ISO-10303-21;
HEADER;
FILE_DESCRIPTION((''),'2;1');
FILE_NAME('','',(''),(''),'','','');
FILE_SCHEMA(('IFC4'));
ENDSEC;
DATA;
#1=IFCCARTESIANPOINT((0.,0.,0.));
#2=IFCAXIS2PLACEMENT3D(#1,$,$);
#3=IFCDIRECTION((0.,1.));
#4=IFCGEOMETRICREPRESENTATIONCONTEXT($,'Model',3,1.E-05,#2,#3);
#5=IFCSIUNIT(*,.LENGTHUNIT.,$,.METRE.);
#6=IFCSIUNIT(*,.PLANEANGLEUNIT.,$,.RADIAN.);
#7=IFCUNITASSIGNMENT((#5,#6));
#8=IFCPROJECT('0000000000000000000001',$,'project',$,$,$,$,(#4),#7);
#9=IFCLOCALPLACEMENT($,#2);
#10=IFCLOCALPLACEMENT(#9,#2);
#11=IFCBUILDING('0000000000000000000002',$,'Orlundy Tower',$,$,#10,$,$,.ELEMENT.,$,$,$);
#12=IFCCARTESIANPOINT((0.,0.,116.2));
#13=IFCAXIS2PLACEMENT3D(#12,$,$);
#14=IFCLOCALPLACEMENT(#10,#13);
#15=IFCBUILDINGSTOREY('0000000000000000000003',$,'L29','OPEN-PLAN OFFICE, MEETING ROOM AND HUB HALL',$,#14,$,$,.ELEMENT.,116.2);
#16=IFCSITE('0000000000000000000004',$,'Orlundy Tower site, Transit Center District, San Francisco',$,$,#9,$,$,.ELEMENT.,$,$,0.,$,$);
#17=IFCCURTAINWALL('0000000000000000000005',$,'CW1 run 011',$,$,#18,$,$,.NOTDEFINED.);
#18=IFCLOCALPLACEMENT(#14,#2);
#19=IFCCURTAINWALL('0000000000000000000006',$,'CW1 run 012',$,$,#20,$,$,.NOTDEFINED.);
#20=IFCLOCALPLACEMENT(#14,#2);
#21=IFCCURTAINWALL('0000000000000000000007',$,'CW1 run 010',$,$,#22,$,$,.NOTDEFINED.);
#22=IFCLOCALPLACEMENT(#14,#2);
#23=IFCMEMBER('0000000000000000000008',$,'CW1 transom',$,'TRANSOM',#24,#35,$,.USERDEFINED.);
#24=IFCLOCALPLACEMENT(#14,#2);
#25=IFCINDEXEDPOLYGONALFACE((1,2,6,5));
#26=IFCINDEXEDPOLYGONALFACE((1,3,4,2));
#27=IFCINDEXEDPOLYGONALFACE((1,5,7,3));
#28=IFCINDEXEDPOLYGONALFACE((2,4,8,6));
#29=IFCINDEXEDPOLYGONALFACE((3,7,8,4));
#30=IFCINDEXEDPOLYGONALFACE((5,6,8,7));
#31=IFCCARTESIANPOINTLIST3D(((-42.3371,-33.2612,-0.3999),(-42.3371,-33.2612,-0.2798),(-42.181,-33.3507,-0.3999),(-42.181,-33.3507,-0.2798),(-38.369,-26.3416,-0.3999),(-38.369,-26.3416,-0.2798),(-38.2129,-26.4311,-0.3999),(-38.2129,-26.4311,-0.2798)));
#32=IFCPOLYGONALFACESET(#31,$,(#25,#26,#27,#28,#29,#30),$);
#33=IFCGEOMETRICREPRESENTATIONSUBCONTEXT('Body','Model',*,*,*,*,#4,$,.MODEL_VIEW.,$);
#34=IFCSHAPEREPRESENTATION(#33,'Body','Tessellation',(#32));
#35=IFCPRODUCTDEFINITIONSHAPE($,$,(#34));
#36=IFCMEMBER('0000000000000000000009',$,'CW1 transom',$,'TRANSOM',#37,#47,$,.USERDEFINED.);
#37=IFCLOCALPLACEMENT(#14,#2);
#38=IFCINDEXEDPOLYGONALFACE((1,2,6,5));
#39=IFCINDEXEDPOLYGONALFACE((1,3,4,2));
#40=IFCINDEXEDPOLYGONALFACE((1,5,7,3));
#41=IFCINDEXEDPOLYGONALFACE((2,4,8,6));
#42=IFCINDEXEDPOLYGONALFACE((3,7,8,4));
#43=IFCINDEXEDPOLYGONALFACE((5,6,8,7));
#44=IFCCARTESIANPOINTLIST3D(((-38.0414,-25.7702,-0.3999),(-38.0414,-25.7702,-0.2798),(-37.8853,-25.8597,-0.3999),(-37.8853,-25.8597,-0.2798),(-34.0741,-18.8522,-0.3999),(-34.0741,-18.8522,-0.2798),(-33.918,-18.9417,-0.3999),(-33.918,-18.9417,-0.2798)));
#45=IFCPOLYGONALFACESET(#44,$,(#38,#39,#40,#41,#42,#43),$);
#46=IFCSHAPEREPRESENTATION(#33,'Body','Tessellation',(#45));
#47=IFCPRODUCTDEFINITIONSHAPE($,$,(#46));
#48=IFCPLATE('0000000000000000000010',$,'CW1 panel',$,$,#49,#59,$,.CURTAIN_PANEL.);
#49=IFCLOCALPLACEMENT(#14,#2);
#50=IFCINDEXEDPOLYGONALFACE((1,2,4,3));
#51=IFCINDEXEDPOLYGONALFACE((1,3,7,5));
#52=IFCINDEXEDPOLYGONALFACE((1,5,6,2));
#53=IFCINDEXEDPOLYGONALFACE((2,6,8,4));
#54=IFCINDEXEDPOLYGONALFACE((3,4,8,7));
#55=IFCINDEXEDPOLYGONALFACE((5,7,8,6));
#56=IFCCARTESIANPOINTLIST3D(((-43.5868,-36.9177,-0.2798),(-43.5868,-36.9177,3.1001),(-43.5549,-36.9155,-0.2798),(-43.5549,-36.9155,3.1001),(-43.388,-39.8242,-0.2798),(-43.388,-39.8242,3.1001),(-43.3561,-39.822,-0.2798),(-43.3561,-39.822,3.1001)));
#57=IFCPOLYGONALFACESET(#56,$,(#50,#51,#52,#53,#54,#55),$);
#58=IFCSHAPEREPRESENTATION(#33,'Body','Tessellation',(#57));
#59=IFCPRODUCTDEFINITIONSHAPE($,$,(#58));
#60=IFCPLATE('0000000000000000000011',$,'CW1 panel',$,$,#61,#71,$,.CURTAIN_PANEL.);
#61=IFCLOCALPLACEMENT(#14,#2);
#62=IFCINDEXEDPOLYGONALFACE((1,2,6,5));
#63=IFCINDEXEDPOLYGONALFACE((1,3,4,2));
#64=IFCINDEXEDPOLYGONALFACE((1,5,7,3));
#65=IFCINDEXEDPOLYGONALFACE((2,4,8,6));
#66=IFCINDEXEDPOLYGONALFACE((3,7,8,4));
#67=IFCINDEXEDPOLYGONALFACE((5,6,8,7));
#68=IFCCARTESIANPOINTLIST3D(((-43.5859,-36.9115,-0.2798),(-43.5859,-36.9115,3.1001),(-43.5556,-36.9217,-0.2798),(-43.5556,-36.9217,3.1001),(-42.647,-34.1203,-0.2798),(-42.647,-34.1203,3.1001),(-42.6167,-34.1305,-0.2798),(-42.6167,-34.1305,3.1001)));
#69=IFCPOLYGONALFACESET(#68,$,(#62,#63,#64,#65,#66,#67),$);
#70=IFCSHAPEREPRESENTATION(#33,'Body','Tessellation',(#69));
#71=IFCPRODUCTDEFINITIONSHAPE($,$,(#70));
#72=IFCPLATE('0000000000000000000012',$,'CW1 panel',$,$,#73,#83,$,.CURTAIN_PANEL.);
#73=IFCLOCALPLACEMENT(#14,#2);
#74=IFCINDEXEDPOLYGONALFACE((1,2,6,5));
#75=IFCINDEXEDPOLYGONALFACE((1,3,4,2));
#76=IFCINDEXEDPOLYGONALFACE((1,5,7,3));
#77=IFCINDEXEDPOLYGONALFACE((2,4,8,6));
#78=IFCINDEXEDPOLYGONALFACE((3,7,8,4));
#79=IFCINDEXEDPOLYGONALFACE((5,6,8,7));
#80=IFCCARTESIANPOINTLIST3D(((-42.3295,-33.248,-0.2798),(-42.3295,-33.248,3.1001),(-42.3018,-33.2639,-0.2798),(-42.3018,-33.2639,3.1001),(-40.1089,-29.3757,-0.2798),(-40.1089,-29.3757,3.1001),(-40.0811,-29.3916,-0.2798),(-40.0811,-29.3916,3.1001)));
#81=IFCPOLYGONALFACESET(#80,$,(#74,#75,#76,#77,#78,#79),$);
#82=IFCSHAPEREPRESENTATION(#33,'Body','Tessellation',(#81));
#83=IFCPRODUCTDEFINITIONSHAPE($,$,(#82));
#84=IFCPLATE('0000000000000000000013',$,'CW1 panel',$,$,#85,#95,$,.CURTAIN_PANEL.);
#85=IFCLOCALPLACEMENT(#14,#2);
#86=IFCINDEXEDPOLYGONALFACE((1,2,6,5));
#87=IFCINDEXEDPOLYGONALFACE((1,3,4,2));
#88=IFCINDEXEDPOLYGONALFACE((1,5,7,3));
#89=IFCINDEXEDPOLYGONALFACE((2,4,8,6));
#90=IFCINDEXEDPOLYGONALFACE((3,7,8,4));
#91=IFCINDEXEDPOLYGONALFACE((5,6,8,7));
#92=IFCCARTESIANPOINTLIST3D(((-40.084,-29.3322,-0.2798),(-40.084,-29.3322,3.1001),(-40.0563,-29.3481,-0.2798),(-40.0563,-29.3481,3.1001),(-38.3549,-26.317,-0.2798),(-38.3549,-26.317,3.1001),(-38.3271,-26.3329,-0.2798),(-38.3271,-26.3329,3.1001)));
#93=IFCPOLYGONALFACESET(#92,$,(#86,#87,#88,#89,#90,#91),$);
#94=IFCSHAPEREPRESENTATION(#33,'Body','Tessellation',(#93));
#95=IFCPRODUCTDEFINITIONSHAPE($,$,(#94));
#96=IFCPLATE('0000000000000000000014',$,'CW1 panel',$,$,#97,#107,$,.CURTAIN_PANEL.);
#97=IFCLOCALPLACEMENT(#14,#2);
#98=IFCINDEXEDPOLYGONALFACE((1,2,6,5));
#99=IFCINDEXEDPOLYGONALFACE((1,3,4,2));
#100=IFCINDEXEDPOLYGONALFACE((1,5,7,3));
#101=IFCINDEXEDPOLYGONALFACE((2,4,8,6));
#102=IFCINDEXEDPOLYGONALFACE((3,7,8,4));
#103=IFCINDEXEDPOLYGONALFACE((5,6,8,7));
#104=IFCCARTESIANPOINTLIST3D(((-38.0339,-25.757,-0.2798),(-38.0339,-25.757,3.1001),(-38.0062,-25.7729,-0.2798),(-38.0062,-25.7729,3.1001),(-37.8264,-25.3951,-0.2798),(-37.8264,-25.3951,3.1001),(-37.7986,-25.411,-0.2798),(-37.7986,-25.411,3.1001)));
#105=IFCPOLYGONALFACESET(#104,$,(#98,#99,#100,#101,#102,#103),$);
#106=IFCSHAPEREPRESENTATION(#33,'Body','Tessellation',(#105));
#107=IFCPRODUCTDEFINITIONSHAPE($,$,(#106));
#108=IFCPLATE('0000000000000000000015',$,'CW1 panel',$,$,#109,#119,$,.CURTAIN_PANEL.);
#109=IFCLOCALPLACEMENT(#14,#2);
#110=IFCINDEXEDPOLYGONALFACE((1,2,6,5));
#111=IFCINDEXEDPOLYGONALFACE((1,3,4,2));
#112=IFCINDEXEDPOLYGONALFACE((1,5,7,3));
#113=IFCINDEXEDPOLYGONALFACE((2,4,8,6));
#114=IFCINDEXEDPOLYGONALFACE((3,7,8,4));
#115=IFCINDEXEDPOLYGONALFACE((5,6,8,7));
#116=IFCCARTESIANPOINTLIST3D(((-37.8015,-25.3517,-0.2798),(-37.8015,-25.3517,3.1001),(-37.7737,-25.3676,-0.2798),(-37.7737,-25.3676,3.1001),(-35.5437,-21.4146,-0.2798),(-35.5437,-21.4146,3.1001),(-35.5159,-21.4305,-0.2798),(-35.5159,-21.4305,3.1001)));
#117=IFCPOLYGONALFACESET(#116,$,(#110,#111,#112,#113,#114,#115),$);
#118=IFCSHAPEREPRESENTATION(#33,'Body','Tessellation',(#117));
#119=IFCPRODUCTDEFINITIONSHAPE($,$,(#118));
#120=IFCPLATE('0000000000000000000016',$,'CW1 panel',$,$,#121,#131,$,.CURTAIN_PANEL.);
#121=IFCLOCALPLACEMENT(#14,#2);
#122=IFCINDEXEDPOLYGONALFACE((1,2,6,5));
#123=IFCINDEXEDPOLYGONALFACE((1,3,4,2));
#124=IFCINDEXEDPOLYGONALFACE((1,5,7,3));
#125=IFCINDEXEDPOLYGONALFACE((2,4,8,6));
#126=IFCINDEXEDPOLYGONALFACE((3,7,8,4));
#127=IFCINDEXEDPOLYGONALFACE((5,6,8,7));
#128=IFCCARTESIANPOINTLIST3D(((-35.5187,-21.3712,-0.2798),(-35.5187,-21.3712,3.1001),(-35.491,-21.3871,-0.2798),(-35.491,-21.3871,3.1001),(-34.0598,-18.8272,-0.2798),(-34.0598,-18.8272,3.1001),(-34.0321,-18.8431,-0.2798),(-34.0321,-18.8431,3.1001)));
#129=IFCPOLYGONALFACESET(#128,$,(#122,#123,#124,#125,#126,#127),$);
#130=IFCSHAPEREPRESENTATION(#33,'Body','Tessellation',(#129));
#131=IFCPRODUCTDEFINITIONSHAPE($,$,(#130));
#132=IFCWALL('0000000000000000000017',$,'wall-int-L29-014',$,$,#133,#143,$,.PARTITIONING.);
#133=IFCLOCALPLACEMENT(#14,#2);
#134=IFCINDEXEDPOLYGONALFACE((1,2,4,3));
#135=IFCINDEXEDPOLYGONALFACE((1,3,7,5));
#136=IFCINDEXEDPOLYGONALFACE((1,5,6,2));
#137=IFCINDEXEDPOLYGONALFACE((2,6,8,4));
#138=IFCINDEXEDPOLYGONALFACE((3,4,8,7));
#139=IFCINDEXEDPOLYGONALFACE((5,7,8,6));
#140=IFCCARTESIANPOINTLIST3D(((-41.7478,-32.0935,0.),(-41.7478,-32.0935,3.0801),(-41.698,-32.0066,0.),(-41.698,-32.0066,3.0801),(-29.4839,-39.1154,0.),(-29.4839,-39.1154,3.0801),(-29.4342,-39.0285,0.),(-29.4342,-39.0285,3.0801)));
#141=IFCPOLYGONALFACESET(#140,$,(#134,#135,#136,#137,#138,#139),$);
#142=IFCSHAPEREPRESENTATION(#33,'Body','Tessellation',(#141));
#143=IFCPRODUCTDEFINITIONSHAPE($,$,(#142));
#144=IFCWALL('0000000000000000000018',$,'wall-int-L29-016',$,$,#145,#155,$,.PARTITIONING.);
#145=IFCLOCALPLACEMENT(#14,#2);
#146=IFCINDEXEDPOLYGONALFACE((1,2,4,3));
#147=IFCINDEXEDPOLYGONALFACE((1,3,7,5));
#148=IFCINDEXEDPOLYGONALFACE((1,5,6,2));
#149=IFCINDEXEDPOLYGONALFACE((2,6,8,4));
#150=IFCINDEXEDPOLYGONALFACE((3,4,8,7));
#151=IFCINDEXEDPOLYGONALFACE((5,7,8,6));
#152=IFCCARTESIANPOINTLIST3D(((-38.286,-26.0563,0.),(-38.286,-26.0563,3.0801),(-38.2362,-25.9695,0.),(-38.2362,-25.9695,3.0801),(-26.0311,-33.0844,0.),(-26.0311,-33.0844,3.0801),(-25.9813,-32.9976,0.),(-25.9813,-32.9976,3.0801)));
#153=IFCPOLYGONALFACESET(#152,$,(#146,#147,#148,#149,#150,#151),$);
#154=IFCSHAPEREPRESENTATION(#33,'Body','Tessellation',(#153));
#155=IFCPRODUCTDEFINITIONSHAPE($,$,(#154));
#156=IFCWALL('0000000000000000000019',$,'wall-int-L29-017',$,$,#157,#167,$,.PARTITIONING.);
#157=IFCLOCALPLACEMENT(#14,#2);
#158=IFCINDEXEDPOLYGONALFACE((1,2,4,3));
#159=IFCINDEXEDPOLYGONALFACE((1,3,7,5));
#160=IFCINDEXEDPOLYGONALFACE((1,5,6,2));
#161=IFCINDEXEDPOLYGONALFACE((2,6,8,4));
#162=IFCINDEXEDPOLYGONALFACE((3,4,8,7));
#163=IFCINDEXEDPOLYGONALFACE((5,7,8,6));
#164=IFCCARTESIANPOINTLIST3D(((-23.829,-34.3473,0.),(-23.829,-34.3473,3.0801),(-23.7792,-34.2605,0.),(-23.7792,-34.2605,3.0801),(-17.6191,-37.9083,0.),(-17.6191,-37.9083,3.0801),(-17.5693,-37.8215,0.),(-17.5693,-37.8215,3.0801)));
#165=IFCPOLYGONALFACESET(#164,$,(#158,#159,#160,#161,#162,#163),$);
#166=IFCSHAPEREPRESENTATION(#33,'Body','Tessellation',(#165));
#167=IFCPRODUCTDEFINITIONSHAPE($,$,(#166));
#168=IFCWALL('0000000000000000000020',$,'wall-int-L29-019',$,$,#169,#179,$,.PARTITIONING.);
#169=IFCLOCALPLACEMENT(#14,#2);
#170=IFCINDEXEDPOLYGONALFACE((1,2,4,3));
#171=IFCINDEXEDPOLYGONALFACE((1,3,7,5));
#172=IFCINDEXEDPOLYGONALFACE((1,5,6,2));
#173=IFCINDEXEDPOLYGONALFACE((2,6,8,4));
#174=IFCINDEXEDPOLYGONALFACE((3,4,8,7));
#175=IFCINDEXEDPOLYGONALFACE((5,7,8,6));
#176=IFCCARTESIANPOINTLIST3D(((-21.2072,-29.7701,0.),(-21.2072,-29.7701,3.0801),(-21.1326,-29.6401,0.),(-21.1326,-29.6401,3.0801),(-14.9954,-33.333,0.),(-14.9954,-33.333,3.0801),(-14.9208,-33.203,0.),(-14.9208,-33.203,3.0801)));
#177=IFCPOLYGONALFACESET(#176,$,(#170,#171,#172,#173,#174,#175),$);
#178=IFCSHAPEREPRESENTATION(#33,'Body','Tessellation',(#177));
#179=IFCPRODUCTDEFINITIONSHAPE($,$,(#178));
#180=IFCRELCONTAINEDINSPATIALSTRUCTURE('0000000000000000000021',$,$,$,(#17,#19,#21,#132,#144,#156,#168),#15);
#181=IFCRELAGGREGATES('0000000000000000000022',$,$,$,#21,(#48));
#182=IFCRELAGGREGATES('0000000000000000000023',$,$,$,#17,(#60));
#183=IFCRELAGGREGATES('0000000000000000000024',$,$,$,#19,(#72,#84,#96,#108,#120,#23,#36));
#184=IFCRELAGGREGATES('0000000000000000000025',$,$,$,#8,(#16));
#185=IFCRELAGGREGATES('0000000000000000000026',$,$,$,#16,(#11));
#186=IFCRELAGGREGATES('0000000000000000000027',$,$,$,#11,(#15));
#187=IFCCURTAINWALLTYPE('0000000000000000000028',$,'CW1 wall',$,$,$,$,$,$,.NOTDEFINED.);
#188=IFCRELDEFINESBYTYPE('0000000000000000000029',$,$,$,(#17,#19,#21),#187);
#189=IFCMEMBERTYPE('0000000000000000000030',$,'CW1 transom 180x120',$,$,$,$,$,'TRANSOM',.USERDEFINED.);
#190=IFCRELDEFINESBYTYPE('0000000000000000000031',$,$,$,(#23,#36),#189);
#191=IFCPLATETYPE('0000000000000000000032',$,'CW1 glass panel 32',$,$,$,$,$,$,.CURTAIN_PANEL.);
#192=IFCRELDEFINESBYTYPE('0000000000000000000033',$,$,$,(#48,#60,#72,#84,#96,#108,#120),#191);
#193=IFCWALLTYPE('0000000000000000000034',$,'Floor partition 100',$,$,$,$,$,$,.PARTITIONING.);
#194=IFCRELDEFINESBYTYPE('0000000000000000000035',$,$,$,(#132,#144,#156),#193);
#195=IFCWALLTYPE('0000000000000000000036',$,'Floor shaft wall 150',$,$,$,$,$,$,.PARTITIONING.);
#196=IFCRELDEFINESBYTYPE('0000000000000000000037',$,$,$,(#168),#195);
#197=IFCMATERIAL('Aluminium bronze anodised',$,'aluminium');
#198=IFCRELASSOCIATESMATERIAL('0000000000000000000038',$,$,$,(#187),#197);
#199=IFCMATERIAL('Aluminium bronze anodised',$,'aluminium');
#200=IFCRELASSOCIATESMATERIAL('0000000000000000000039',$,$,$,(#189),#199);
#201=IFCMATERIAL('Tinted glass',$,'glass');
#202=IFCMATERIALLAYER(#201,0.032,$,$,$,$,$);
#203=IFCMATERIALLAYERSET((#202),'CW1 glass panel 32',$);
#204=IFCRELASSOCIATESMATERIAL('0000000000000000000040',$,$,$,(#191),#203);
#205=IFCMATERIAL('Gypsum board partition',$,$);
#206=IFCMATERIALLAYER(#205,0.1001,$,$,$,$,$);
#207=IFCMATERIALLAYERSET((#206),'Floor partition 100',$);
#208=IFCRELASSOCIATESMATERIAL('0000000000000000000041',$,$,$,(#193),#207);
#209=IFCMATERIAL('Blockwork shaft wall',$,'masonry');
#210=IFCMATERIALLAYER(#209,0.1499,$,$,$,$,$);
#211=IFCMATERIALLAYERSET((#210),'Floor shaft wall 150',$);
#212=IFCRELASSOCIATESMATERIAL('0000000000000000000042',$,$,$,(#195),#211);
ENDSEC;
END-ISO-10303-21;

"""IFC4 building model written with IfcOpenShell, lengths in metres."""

from ifc_helpers import new_model, si_unit, direction, frame, frame_2d, origin, origin_2d, place, context, subcontext, project, spatial, rectangle, extrude, material, layer, layer_set, material_profile, profile_set, type_object, element, aggregate, save


model = new_model("IFC4")

# Units and contexts
model_context = context("Model", 3, precision=1e-05, world=origin(), true_north=direction((0.0, 1.0)))
body_context = subcontext(model_context, "Body", "Model", "MODEL_VIEW")
ifc_project = project(units=[si_unit("LENGTHUNIT", "METRE"), si_unit("PLANEANGLEUNIT", "RADIAN")], contexts=[model_context])

# Site, building, storey
site_placement = place(None, origin())
site = spatial("IfcSite", under=ifc_project, at=site_placement, Name="Orlundy Tower site, Transit Center District, San Francisco", CompositionType="ELEMENT", RefElevation=0.0)
building_placement = place(site_placement, origin())
building = spatial("IfcBuilding", under=site, at=building_placement, Name="Orlundy Tower", CompositionType="ELEMENT")
storey_placement = place(building_placement, frame((0.0, 0.0, 116.2)))
storey = spatial("IfcBuildingStorey", under=building, at=storey_placement, Name="L29", Description="OPEN-PLAN OFFICE, MEETING ROOM AND HUB HALL", CompositionType="ELEMENT", Elevation=116.2)

# Curtain wall
ifc_material_1 = material(Name="Aluminium bronze anodised", Category="aluminium")
curtain_wall_type = type_object("IfcCurtainWallType", Name="CW1 wall", PredefinedType="NOTDEFINED", material=ifc_material_1)
curtain_wall_1_placement = place(storey_placement, origin())
curtain_wall_1 = element("IfcCurtainWall", 1, at=curtain_wall_1_placement, inside=storey, type_object=curtain_wall_type, Name="CW1 run 011", PredefinedType="NOTDEFINED")

# Curtain wall
curtain_wall_2_placement = place(storey_placement, origin())
curtain_wall_2 = element("IfcCurtainWall", 2, at=curtain_wall_2_placement, inside=storey, type_object=curtain_wall_type, Name="CW1 run 012", PredefinedType="NOTDEFINED")

# Curtain wall
curtain_wall_3_placement = place(storey_placement, origin())
curtain_wall_3 = element("IfcCurtainWall", 3, at=curtain_wall_3_placement, inside=storey, type_object=curtain_wall_type, Name="CW1 run 010", PredefinedType="NOTDEFINED")
ifc_material_2 = material(Name="Aluminium bronze anodised", Category="aluminium")
ifc_material_profile_1 = material_profile(ifc_material_2, rectangle(XDim=0.1799, YDim=0.1201, at=origin_2d()), Name="CW1 transom 180x120")
ifc_profile_set_1 = profile_set([ifc_material_profile_1], Name="Aluminium bronze anodised")
member_type_1 = type_object("IfcMemberType", Name="CW1 transom 180x120", ElementType="TRANSOM", PredefinedType="USERDEFINED", material=ifc_profile_set_1)

# Members
member_1_placement = place(storey_placement, frame((-42.259, -33.3059, -0.3398), z_axis=(0.497467, 0.867483, 0.0), x_axis=(-0.867483, 0.497467, 0.0)))
member_1 = element("IfcMember", 4, at=member_1_placement, type_object=member_type_1, Name="CW1 transom", ObjectType="TRANSOM", PredefinedType="USERDEFINED", context=body_context, shape_type="SweptSolid", body=[
    extrude(rectangle(XDim=0.1799, YDim=0.1201, at=origin_2d()), origin(), (0.0, 0.0, 1.0), 7.9766),
])
member_2_placement = place(storey_placement, frame((-37.9634, -25.8149, -0.3398), z_axis=(0.497477, 0.867477, 0.0), x_axis=(-0.867477, 0.497477, 0.0)))
member_2 = element("IfcMember", 5, at=member_2_placement, type_object=member_type_1, Name="CW1 transom", ObjectType="TRANSOM", PredefinedType="USERDEFINED", context=body_context, shape_type="SweptSolid", body=[
    extrude(rectangle(XDim=0.1799, YDim=0.1201, at=origin_2d()), origin(), (0.0, 0.0, 1.0), 7.9749),
])

# Plates
ifc_material_3 = material(Name="Tinted glass", Category="glass")
ifc_layer_1 = layer(ifc_material_3, 0.032)
ifc_layer_set_1 = layer_set([ifc_layer_1], Name="CW1 glass panel 32")
plate_type = type_object("IfcPlateType", Name="CW1 glass panel 32", PredefinedType="CURTAIN_PANEL", material=ifc_layer_set_1)
plate_1_placement = place(storey_placement, frame((-43.4714, -38.3699, -0.2798), z_axis=(0.0, 0.0, 1.0), x_axis=(-0.068256, 0.997668, 0.0)))
plate_1 = element("IfcPlate", 6, at=plate_1_placement, type_object=plate_type, Name="CW1 panel", PredefinedType="CURTAIN_PANEL", context=body_context, shape_type="SweptSolid", body=[
    extrude(rectangle(XDim=2.9133, YDim=0.032, at=origin_2d()), origin(), (0.0, 0.0, 1.0), 3.3799),
])
aggregate(curtain_wall_3, [plate_1])
plate_2_placement = place(storey_placement, frame((-43.1013, -35.521, -0.2798), z_axis=(0.0, 0.0, 1.0), x_axis=(0.318816, 0.947817, 0.0)))
plate_2 = element("IfcPlate", 7, at=plate_2_placement, type_object=plate_type, Name="CW1 panel", PredefinedType="CURTAIN_PANEL", context=body_context, shape_type="SweptSolid", body=[
    extrude(rectangle(XDim=2.9448, YDim=0.032, at=origin_2d()), origin(), (0.0, 0.0, 1.0), 3.3799),
])
aggregate(curtain_wall_1, [plate_2])
plate_3_placement = place(storey_placement, frame((-41.2053, -31.3198, -0.2798), z_axis=(0.0, 0.0, 1.0), x_axis=(0.497468, 0.867482, 0.0)))
plate_3 = element("IfcPlate", 8, at=plate_3_placement, type_object=plate_type, Name="CW1 panel", PredefinedType="CURTAIN_PANEL", context=body_context, shape_type="SweptSolid", body=[
    extrude(rectangle(XDim=4.4639, YDim=0.032, at=origin_2d()), origin(), (0.0, 0.0, 1.0), 3.3799),
])
plate_4_placement = place(storey_placement, frame((-39.2056, -27.8325, -0.2798), z_axis=(0.0, 0.0, 1.0), x_axis=(0.497468, 0.867482, 0.0)))
plate_4 = element("IfcPlate", 9, at=plate_4_placement, type_object=plate_type, Name="CW1 panel", PredefinedType="CURTAIN_PANEL", context=body_context, shape_type="SweptSolid", body=[
    extrude(rectangle(XDim=3.4758, YDim=0.032, at=origin_2d()), origin(), (0.0, 0.0, 1.0), 3.3799),
])
plate_5_placement = place(storey_placement, frame((-37.9163, -25.584, -0.2798), z_axis=(0.0, 0.0, 1.0), x_axis=(0.497468, 0.867482, 0.0)))
plate_5 = element("IfcPlate", 10, at=plate_5_placement, type_object=plate_type, Name="CW1 panel", PredefinedType="CURTAIN_PANEL", context=body_context, shape_type="SweptSolid", body=[
    extrude(rectangle(XDim=0.4172, YDim=0.032, at=origin_2d()), origin(), (0.0, 0.0, 1.0), 3.3799),
])
plate_6_placement = place(storey_placement, frame((-36.6587, -23.3911, -0.2798), z_axis=(0.0, 0.0, 1.0), x_axis=(0.497468, 0.867482, 0.0)))
plate_6 = element("IfcPlate", 11, at=plate_6_placement, type_object=plate_type, Name="CW1 panel", PredefinedType="CURTAIN_PANEL", context=body_context, shape_type="SweptSolid", body=[
    extrude(rectangle(XDim=4.5386, YDim=0.032, at=origin_2d()), origin(), (0.0, 0.0, 1.0), 3.3799),
])
plate_7_placement = place(storey_placement, frame((-34.7754, -20.1072, -0.2798), z_axis=(0.0, 0.0, 1.0), x_axis=(0.497468, 0.867482, 0.0)))
plate_7 = element("IfcPlate", 12, at=plate_7_placement, type_object=plate_type, Name="CW1 panel", PredefinedType="CURTAIN_PANEL", context=body_context, shape_type="SweptSolid", body=[
    extrude(rectangle(XDim=2.9326, YDim=0.032, at=origin_2d()), origin(), (0.0, 0.0, 1.0), 3.3799),
])
aggregate(curtain_wall_2, [plate_3, plate_4, plate_5, plate_6, plate_7, member_1, member_2])

# Walls
ifc_material_4 = material(Name="Gypsum board partition")
ifc_layer_2 = layer(ifc_material_4, 0.1001)
ifc_layer_set_2 = layer_set([ifc_layer_2], Name="Floor partition 100")
wall_type_1 = type_object("IfcWallType", Name="Floor partition 100", PredefinedType="PARTITIONING", material=ifc_layer_set_2)
wall_1_placement = place(storey_placement, frame((-41.7229, -32.05, 0.0), z_axis=(0.0, 0.0, 1.0), x_axis=(0.867815, -0.496887, 0.0)))
element("IfcWall", 13, at=wall_1_placement, inside=storey, type_object=wall_type_1, Name="wall-int-L29-014", PredefinedType="PARTITIONING", context=body_context, shape_type="SweptSolid", body=[
    extrude(rectangle(XDim=14.1318, YDim=0.1001, at=frame_2d((7.0659, 0.0))), origin(), (0.0, 0.0, 1.0), 3.0801),
])
wall_2_placement = place(storey_placement, frame((-38.261, -26.0129, 0.0), z_axis=(0.0, 0.0, 1.0), x_axis=(0.867471, -0.497488, 0.0)))
element("IfcWall", 14, at=wall_2_placement, inside=storey, type_object=wall_type_1, Name="wall-int-L29-016", PredefinedType="PARTITIONING", context=body_context, shape_type="SweptSolid", body=[
    extrude(rectangle(XDim=14.1272, YDim=0.1001, at=frame_2d((7.0635, 0.0))), origin(), (0.0, 0.0, 1.0), 3.0801),
])
wall_3_placement = place(storey_placement, frame((-23.804, -34.304, 0.0), z_axis=(0.0, 0.0, 1.0), x_axis=(0.867491, -0.497453, 0.0)))
element("IfcWall", 15, at=wall_3_placement, inside=storey, type_object=wall_type_1, Name="wall-int-L29-017", PredefinedType="PARTITIONING", context=body_context, shape_type="SweptSolid", body=[
    extrude(rectangle(XDim=7.1584, YDim=0.1001, at=frame_2d((3.5791, 0.0))), origin(), (0.0, 0.0, 1.0), 3.0801),
])
ifc_material_5 = material(Name="Blockwork shaft wall", Category="masonry")
ifc_layer_3 = layer(ifc_material_5, 0.1499)
ifc_layer_set_3 = layer_set([ifc_layer_3], Name="Floor shaft wall 150")
wall_type_2 = type_object("IfcWallType", Name="Floor shaft wall 150", PredefinedType="PARTITIONING", material=ifc_layer_set_3)
wall_4_placement = place(storey_placement, frame((-21.1699, -29.7051, 0.0), z_axis=(0.0, 0.0, 1.0), x_axis=(0.867441, -0.497541, 0.0)))
element("IfcWall", 16, at=wall_4_placement, inside=storey, type_object=wall_type_2, Name="wall-int-L29-019", PredefinedType="PARTITIONING", context=body_context, shape_type="SweptSolid", body=[
    extrude(rectangle(XDim=7.1611, YDim=0.1499, at=frame_2d((3.5806, 0.0))), origin(), (0.0, 0.0, 1.0), 3.0801),
])

save(model, "model.ifc")
